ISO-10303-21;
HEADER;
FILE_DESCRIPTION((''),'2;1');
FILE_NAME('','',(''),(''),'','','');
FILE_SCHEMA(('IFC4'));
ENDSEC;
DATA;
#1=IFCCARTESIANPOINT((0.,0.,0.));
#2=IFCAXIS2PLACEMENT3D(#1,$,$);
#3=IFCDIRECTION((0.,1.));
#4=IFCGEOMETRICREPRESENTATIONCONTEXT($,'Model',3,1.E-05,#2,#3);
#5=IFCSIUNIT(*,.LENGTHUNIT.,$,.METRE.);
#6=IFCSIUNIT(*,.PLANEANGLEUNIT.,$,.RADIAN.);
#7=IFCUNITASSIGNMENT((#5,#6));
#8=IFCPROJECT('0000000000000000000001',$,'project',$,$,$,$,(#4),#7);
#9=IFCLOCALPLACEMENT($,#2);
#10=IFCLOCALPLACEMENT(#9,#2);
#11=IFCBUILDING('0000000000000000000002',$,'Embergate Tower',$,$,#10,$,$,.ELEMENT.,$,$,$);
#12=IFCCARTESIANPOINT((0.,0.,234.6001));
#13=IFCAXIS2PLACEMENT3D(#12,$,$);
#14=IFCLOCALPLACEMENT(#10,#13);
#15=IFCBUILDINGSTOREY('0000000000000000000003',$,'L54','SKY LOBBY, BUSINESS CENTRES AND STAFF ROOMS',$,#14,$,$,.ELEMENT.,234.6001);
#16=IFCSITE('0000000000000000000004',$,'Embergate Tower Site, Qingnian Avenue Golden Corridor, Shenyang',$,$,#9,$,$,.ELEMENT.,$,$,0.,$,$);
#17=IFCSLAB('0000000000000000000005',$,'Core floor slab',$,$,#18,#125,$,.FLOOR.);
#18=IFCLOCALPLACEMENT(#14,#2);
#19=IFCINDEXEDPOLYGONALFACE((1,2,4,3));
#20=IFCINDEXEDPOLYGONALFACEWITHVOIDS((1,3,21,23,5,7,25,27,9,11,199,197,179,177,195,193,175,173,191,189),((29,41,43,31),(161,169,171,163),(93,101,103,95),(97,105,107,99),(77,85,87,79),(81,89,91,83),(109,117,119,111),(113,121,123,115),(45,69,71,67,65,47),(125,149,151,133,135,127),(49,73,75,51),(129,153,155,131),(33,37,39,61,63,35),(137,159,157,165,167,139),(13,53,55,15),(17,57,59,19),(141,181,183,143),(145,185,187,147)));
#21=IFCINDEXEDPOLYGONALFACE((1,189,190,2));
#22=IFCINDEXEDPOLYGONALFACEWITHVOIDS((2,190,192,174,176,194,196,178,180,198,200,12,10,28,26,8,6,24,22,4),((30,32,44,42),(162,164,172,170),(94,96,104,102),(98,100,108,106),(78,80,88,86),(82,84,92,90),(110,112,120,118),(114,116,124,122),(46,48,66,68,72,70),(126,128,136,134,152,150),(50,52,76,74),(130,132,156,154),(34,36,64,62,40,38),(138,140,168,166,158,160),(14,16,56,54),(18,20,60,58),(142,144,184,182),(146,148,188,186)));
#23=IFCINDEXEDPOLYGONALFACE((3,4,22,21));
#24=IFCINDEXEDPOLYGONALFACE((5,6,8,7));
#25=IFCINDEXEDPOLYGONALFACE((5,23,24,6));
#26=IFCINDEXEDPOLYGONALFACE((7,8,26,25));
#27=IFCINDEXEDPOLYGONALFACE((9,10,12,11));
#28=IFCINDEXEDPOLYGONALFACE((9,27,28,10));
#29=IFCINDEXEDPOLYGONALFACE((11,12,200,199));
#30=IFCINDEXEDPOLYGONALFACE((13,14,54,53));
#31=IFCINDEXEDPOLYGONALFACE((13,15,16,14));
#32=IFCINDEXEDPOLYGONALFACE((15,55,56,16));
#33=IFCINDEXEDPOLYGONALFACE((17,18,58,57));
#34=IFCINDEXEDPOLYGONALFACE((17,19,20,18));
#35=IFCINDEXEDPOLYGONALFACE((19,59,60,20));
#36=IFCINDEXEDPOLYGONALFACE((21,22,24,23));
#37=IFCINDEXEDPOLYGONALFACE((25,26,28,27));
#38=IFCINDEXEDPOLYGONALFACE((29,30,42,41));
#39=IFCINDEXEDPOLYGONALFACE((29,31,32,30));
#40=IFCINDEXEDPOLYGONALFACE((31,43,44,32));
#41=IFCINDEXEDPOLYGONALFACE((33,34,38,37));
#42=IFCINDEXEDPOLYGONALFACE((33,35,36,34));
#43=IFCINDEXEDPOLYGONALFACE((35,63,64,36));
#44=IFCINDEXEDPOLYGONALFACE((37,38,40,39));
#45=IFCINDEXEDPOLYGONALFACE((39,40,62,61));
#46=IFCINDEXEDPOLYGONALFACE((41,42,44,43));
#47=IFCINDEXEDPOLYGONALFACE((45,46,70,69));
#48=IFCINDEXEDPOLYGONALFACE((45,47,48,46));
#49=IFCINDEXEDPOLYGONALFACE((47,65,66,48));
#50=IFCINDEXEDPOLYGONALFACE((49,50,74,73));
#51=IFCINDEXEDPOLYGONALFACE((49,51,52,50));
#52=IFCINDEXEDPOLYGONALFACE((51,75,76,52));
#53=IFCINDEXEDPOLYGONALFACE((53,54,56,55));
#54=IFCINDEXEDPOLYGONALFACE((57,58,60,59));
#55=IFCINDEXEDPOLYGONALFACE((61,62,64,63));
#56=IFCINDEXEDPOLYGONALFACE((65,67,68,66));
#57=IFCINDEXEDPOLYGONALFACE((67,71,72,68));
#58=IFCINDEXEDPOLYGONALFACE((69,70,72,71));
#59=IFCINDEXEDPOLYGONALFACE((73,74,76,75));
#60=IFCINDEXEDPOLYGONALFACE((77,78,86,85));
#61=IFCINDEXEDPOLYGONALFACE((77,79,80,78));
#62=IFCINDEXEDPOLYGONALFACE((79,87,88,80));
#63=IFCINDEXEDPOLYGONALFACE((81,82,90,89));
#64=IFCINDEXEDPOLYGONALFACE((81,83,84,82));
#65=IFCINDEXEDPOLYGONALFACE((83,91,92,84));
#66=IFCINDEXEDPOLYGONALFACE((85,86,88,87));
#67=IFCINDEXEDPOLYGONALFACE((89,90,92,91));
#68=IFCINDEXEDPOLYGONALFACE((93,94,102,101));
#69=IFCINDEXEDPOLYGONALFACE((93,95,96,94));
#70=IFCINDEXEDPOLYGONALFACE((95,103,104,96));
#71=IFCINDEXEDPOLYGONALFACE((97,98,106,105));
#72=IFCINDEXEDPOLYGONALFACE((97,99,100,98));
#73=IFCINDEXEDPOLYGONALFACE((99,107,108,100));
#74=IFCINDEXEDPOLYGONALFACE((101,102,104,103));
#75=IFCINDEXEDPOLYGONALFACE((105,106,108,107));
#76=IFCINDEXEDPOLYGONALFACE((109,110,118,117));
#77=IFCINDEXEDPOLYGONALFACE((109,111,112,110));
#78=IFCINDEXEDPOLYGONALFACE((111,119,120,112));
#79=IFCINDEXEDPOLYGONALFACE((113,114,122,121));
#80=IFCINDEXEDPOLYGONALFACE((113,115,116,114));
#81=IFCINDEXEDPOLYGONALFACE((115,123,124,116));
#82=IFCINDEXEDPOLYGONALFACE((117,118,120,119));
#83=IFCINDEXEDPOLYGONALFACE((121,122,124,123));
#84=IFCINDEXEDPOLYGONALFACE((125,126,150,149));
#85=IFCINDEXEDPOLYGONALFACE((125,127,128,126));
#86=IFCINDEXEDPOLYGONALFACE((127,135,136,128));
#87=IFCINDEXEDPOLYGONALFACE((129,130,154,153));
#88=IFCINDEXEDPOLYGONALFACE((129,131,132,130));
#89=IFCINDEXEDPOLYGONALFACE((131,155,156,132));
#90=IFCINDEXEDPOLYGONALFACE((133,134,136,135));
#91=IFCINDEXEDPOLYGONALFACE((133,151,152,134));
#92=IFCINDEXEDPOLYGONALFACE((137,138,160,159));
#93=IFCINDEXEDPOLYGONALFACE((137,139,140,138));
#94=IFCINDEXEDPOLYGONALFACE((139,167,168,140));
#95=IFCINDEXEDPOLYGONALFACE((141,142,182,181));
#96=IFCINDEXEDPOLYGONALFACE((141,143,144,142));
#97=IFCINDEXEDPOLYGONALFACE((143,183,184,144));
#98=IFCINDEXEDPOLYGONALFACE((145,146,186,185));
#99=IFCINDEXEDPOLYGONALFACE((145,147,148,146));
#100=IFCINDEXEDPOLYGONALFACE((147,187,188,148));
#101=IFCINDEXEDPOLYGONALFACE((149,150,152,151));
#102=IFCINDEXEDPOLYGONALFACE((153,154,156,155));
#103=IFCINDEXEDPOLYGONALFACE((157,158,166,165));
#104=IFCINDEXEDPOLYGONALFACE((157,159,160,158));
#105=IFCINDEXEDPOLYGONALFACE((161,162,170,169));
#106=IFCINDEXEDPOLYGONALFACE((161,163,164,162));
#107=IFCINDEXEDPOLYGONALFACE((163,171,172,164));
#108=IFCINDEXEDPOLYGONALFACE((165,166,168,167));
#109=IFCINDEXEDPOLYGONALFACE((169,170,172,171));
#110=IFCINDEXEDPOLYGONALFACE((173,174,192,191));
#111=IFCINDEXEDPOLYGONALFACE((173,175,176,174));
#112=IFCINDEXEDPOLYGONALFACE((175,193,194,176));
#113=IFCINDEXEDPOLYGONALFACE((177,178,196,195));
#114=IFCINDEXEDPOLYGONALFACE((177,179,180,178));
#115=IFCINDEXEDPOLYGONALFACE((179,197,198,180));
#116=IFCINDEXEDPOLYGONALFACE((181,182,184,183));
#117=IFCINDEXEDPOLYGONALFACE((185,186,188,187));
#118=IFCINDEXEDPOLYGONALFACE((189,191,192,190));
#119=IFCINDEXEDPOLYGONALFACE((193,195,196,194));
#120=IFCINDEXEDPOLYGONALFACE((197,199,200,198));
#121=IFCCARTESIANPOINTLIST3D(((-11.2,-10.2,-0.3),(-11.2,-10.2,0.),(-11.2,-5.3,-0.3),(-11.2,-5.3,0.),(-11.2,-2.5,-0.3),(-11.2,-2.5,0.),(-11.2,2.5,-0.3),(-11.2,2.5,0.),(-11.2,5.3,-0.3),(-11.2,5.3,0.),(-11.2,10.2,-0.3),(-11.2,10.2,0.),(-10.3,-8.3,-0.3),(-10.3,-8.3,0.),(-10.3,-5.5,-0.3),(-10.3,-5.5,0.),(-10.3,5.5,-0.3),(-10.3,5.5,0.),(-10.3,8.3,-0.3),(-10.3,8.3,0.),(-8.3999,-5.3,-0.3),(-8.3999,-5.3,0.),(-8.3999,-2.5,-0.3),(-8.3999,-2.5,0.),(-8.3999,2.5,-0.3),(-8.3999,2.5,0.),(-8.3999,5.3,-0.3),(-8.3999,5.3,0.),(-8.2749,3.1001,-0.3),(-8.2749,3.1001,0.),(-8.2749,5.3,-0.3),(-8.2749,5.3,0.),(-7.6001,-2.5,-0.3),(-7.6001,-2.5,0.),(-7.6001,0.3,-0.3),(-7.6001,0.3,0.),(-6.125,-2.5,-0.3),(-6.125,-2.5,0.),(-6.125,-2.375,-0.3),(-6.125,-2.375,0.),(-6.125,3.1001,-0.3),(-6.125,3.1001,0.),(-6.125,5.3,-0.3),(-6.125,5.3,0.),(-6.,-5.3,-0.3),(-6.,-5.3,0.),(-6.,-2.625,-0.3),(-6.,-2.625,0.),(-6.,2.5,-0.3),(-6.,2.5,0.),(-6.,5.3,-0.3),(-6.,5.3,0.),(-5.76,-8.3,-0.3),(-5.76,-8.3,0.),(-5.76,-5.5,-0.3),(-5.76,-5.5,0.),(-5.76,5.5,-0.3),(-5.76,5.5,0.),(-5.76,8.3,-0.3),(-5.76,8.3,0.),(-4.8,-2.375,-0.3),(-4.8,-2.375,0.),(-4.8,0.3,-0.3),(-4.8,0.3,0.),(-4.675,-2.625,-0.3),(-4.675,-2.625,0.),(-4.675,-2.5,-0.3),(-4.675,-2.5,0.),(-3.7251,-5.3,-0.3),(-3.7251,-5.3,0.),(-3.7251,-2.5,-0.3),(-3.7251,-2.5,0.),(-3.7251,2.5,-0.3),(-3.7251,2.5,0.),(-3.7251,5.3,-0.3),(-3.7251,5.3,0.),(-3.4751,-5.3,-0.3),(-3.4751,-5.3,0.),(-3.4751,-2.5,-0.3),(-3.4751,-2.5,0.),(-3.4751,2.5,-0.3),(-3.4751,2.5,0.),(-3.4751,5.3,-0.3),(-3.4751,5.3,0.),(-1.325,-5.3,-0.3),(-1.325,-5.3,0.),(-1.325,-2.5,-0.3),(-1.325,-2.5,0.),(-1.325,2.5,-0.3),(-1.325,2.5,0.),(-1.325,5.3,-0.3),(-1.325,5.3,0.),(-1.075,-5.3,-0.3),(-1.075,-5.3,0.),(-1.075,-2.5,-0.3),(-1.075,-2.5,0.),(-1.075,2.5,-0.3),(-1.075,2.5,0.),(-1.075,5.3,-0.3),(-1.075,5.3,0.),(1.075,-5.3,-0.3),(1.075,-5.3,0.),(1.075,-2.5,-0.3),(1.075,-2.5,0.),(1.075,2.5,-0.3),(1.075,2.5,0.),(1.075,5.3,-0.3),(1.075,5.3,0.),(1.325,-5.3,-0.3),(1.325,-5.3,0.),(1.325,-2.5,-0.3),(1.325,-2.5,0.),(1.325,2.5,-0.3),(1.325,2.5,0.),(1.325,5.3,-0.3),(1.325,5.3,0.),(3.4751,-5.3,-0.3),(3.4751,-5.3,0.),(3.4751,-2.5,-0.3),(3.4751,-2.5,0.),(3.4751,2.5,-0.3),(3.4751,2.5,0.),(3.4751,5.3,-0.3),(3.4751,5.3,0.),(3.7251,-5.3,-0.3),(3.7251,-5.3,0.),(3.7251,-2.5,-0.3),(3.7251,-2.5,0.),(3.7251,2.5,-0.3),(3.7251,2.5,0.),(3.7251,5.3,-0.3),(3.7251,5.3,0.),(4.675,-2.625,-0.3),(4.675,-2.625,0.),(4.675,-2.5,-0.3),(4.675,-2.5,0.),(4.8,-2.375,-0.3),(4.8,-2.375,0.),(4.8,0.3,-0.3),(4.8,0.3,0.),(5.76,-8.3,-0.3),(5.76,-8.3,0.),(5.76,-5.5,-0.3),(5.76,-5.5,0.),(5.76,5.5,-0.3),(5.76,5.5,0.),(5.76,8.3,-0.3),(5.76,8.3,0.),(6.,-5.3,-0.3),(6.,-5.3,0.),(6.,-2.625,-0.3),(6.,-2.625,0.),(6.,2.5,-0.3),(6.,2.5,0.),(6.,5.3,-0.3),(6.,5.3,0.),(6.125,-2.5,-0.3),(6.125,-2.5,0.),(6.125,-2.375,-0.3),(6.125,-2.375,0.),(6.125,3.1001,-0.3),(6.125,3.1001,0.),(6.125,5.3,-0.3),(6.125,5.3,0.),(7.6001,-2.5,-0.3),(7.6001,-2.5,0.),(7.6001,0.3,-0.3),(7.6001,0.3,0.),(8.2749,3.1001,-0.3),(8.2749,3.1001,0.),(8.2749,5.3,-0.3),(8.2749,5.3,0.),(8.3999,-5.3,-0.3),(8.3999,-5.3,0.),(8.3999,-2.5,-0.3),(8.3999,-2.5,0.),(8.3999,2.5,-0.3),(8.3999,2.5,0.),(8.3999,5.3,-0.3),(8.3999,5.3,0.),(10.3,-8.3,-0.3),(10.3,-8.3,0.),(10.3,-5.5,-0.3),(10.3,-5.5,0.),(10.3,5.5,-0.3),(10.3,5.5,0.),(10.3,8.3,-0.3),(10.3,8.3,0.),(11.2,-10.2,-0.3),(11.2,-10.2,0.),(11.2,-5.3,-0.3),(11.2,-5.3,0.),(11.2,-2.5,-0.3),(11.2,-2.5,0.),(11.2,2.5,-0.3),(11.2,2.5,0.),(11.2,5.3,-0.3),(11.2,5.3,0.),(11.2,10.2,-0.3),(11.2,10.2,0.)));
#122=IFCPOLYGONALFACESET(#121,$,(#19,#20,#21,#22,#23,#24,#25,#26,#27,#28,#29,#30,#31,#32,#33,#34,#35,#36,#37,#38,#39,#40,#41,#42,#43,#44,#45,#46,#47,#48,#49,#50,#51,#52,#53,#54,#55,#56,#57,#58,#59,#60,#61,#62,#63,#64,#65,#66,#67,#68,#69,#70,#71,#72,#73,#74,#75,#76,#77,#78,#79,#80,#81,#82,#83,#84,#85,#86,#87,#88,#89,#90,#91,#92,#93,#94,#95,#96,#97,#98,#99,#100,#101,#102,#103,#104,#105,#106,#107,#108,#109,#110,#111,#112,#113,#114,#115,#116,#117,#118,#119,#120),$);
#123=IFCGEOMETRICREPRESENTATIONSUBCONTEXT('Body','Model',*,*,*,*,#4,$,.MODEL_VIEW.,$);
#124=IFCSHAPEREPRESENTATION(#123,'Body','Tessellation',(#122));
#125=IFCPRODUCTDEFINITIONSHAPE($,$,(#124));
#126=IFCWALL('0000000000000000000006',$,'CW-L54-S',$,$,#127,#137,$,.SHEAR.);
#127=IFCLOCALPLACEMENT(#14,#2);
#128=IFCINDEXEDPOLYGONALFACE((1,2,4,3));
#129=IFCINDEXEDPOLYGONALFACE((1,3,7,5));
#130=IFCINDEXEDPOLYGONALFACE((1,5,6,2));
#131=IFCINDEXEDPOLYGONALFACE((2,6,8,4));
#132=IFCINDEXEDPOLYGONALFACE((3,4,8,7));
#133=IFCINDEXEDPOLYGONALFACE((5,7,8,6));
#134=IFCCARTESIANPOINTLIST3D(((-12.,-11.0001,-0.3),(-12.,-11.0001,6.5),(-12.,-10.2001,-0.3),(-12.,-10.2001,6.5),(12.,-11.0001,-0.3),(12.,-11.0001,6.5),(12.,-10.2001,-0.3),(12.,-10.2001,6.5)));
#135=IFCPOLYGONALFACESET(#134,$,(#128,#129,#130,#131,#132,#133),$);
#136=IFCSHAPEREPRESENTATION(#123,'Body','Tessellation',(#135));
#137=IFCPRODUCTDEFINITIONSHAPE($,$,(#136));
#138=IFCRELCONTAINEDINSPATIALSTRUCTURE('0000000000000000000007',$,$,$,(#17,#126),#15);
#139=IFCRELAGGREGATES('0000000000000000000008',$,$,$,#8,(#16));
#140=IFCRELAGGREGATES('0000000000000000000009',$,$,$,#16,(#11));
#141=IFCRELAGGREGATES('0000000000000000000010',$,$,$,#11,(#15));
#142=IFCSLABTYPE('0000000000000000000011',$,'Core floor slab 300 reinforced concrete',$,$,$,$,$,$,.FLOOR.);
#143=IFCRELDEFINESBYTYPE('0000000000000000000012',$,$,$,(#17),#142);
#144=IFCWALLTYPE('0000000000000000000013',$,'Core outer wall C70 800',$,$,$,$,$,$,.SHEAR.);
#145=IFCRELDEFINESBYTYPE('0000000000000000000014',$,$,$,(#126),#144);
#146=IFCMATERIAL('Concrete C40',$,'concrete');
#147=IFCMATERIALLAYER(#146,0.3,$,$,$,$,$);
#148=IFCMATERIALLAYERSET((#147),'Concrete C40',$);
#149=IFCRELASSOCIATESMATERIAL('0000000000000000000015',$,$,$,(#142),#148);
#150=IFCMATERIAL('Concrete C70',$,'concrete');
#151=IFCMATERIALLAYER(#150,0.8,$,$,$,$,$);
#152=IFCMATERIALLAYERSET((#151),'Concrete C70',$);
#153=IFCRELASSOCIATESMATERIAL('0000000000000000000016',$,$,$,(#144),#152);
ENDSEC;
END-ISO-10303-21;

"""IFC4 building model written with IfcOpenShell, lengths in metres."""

from ifc_helpers import new_model, si_unit, direction, frame, frame_2d, origin, place, context, subcontext, project, spatial, polyline, rectangle, outline, extrude, source, transform, mapped, material, layer, layer_set, type_object, element, save


model = new_model("IFC4")

# Units and contexts
model_context = context("Model", 3, precision=1e-05, world=origin(), true_north=direction((0.0, 1.0)))
body_context = subcontext(model_context, "Body", "Model", "MODEL_VIEW")
ifc_project = project(units=[si_unit("LENGTHUNIT", "METRE"), si_unit("PLANEANGLEUNIT", "RADIAN")], contexts=[model_context])

# Site, building, storey
site_placement = place(None, origin())
site = spatial("IfcSite", under=ifc_project, at=site_placement, Name="Embergate Tower Site, Qingnian Avenue Golden Corridor, Shenyang", CompositionType="ELEMENT", RefElevation=0.0)
building_placement = place(site_placement, origin())
building = spatial("IfcBuilding", under=site, at=building_placement, Name="Embergate Tower", CompositionType="ELEMENT")
storey_placement = place(building_placement, frame((0.0, 0.0, 234.6001)))
storey = spatial("IfcBuildingStorey", under=building, at=storey_placement, Name="L54", Description="SKY LOBBY, BUSINESS CENTRES AND STAFF ROOMS", CompositionType="ELEMENT", Elevation=234.6001)

# Shared definitions
ifc_material_1 = material(Name="Concrete C40", Category="concrete")

# Slab
ifc_layer_1 = layer(ifc_material_1, 0.3)
ifc_layer_set_1 = layer_set([ifc_layer_1], Name="Concrete C40")
slab_type_1 = type_object("IfcSlabType", Name="Core floor slab 300 reinforced concrete", PredefinedType="FLOOR", material=ifc_layer_set_1)
shared_shape_1 = source(origin(), body_context, "Body", "SweptSolid", [
    extrude(outline(polyline([(0.0, 0.0), (22.3999, 0.0), (22.3999, 4.8999), (19.5999, 4.8999), (19.5999, 7.7), (22.3999, 7.7), (22.3999, 12.7), (19.5999, 12.7), (19.5999, 15.5), (22.3999, 15.5), (22.3999, 20.3999), (0.0, 20.3999), (0.0, 15.5), (2.8, 15.5), (2.8, 12.7), (0.0, 12.7), (0.0, 7.7), (2.8, 7.7), (2.8, 4.8999), (0.0, 4.8999), (0.0, 0.0)]), holes=[polyline([(0.8999, 1.8999), (0.8999, 4.7), (5.4399, 4.7), (5.4399, 1.8999), (0.8999, 1.8999)]), polyline([(16.96, 1.8999), (16.96, 4.7), (21.5, 4.7), (21.5, 1.8999), (16.96, 1.8999)]), polyline([(5.2, 4.8999), (5.2, 7.575), (6.5249, 7.575), (6.5249, 7.7), (7.4749, 7.7), (7.4749, 4.8999), (5.2, 4.8999)]), polyline([(7.7249, 4.8999), (7.7249, 7.7), (9.875, 7.7), (9.875, 4.8999), (7.7249, 4.8999)]), polyline([(10.125, 4.8999), (10.125, 7.7), (12.2749, 7.7), (12.2749, 4.8999), (10.125, 4.8999)]), polyline([(12.5249, 4.8999), (12.5249, 7.7), (14.675, 7.7), (14.675, 4.8999), (12.5249, 4.8999)]), polyline([(14.925, 4.8999), (14.925, 7.7), (15.875, 7.7), (15.875, 7.575), (17.2, 7.575), (17.2, 4.8999), (14.925, 4.8999)]), polyline([(3.5999, 7.7), (3.5999, 10.5), (6.3999, 10.5), (6.3999, 7.825), (5.075, 7.825), (5.075, 7.7), (3.5999, 7.7)]), polyline([(17.325, 7.7), (17.325, 7.825), (16.0, 7.825), (16.0, 10.5), (18.8, 10.5), (18.8, 7.7), (17.325, 7.7)]), polyline([(5.2, 12.7), (5.2, 15.5), (7.4749, 15.5), (7.4749, 12.7), (5.2, 12.7)]), polyline([(7.7249, 12.7), (7.7249, 15.5), (9.875, 15.5), (9.875, 12.7), (7.7249, 12.7)]), polyline([(10.125, 12.7), (10.125, 15.5), (12.2749, 15.5), (12.2749, 12.7), (10.125, 12.7)]), polyline([(12.5249, 12.7), (12.5249, 15.5), (14.675, 15.5), (14.675, 12.7), (12.5249, 12.7)]), polyline([(14.925, 12.7), (14.925, 15.5), (17.2, 15.5), (17.2, 12.7), (14.925, 12.7)]), polyline([(2.925, 13.3), (2.925, 15.5), (5.075, 15.5), (5.075, 13.3), (2.925, 13.3)]), polyline([(17.325, 13.3), (17.325, 15.5), (19.4749, 15.5), (19.4749, 13.3), (17.325, 13.3)]), polyline([(0.8999, 15.7), (0.8999, 18.5), (5.4399, 18.5), (5.4399, 15.7), (0.8999, 15.7)]), polyline([(16.96, 15.7), (16.96, 18.5), (21.5, 18.5), (21.5, 15.7), (16.96, 15.7)])]), origin(), (0.0, 0.0, 1.0), 0.3),
])
slab_1_placement = place(storey_placement, frame((-11.2, -10.2, -0.3)))
element("IfcSlab", 1, at=slab_1_placement, inside=storey, type_object=slab_type_1, Name="Core floor slab", PredefinedType="FLOOR", context=body_context, shape_type="MappedRepresentation", body=[
    mapped(shared_shape_1, transform((0.0, 0.0, 0.0))),
])

# Wall
ifc_material_2 = material(Name="Concrete C70", Category="concrete")
ifc_layer_2 = layer(ifc_material_2, 0.8)
ifc_layer_set_2 = layer_set([ifc_layer_2], Name="Concrete C70")
wall_type_1 = type_object("IfcWallType", Name="Core outer wall C70 800", PredefinedType="SHEAR", material=ifc_layer_set_2)
shared_shape_2 = source(origin(), body_context, "Body", "SweptSolid", [
    extrude(rectangle(XDim=24.0, YDim=0.8, at=frame_2d((12.0, 0.0))), origin(), (0.0, 0.0, 1.0), 6.8),
])
wall_1_placement = place(storey_placement, frame((-12.0, -10.6001, -0.3), z_axis=(0.0, 0.0, 1.0), x_axis=(1.0, 0.0, 0.0)))
element("IfcWall", 2, at=wall_1_placement, inside=storey, type_object=wall_type_1, Name="CW-L54-S", PredefinedType="SHEAR", context=body_context, shape_type="MappedRepresentation", body=[
    mapped(shared_shape_2, transform((0.0, 0.0, 0.0))),
])

save(model, "model.ifc")
